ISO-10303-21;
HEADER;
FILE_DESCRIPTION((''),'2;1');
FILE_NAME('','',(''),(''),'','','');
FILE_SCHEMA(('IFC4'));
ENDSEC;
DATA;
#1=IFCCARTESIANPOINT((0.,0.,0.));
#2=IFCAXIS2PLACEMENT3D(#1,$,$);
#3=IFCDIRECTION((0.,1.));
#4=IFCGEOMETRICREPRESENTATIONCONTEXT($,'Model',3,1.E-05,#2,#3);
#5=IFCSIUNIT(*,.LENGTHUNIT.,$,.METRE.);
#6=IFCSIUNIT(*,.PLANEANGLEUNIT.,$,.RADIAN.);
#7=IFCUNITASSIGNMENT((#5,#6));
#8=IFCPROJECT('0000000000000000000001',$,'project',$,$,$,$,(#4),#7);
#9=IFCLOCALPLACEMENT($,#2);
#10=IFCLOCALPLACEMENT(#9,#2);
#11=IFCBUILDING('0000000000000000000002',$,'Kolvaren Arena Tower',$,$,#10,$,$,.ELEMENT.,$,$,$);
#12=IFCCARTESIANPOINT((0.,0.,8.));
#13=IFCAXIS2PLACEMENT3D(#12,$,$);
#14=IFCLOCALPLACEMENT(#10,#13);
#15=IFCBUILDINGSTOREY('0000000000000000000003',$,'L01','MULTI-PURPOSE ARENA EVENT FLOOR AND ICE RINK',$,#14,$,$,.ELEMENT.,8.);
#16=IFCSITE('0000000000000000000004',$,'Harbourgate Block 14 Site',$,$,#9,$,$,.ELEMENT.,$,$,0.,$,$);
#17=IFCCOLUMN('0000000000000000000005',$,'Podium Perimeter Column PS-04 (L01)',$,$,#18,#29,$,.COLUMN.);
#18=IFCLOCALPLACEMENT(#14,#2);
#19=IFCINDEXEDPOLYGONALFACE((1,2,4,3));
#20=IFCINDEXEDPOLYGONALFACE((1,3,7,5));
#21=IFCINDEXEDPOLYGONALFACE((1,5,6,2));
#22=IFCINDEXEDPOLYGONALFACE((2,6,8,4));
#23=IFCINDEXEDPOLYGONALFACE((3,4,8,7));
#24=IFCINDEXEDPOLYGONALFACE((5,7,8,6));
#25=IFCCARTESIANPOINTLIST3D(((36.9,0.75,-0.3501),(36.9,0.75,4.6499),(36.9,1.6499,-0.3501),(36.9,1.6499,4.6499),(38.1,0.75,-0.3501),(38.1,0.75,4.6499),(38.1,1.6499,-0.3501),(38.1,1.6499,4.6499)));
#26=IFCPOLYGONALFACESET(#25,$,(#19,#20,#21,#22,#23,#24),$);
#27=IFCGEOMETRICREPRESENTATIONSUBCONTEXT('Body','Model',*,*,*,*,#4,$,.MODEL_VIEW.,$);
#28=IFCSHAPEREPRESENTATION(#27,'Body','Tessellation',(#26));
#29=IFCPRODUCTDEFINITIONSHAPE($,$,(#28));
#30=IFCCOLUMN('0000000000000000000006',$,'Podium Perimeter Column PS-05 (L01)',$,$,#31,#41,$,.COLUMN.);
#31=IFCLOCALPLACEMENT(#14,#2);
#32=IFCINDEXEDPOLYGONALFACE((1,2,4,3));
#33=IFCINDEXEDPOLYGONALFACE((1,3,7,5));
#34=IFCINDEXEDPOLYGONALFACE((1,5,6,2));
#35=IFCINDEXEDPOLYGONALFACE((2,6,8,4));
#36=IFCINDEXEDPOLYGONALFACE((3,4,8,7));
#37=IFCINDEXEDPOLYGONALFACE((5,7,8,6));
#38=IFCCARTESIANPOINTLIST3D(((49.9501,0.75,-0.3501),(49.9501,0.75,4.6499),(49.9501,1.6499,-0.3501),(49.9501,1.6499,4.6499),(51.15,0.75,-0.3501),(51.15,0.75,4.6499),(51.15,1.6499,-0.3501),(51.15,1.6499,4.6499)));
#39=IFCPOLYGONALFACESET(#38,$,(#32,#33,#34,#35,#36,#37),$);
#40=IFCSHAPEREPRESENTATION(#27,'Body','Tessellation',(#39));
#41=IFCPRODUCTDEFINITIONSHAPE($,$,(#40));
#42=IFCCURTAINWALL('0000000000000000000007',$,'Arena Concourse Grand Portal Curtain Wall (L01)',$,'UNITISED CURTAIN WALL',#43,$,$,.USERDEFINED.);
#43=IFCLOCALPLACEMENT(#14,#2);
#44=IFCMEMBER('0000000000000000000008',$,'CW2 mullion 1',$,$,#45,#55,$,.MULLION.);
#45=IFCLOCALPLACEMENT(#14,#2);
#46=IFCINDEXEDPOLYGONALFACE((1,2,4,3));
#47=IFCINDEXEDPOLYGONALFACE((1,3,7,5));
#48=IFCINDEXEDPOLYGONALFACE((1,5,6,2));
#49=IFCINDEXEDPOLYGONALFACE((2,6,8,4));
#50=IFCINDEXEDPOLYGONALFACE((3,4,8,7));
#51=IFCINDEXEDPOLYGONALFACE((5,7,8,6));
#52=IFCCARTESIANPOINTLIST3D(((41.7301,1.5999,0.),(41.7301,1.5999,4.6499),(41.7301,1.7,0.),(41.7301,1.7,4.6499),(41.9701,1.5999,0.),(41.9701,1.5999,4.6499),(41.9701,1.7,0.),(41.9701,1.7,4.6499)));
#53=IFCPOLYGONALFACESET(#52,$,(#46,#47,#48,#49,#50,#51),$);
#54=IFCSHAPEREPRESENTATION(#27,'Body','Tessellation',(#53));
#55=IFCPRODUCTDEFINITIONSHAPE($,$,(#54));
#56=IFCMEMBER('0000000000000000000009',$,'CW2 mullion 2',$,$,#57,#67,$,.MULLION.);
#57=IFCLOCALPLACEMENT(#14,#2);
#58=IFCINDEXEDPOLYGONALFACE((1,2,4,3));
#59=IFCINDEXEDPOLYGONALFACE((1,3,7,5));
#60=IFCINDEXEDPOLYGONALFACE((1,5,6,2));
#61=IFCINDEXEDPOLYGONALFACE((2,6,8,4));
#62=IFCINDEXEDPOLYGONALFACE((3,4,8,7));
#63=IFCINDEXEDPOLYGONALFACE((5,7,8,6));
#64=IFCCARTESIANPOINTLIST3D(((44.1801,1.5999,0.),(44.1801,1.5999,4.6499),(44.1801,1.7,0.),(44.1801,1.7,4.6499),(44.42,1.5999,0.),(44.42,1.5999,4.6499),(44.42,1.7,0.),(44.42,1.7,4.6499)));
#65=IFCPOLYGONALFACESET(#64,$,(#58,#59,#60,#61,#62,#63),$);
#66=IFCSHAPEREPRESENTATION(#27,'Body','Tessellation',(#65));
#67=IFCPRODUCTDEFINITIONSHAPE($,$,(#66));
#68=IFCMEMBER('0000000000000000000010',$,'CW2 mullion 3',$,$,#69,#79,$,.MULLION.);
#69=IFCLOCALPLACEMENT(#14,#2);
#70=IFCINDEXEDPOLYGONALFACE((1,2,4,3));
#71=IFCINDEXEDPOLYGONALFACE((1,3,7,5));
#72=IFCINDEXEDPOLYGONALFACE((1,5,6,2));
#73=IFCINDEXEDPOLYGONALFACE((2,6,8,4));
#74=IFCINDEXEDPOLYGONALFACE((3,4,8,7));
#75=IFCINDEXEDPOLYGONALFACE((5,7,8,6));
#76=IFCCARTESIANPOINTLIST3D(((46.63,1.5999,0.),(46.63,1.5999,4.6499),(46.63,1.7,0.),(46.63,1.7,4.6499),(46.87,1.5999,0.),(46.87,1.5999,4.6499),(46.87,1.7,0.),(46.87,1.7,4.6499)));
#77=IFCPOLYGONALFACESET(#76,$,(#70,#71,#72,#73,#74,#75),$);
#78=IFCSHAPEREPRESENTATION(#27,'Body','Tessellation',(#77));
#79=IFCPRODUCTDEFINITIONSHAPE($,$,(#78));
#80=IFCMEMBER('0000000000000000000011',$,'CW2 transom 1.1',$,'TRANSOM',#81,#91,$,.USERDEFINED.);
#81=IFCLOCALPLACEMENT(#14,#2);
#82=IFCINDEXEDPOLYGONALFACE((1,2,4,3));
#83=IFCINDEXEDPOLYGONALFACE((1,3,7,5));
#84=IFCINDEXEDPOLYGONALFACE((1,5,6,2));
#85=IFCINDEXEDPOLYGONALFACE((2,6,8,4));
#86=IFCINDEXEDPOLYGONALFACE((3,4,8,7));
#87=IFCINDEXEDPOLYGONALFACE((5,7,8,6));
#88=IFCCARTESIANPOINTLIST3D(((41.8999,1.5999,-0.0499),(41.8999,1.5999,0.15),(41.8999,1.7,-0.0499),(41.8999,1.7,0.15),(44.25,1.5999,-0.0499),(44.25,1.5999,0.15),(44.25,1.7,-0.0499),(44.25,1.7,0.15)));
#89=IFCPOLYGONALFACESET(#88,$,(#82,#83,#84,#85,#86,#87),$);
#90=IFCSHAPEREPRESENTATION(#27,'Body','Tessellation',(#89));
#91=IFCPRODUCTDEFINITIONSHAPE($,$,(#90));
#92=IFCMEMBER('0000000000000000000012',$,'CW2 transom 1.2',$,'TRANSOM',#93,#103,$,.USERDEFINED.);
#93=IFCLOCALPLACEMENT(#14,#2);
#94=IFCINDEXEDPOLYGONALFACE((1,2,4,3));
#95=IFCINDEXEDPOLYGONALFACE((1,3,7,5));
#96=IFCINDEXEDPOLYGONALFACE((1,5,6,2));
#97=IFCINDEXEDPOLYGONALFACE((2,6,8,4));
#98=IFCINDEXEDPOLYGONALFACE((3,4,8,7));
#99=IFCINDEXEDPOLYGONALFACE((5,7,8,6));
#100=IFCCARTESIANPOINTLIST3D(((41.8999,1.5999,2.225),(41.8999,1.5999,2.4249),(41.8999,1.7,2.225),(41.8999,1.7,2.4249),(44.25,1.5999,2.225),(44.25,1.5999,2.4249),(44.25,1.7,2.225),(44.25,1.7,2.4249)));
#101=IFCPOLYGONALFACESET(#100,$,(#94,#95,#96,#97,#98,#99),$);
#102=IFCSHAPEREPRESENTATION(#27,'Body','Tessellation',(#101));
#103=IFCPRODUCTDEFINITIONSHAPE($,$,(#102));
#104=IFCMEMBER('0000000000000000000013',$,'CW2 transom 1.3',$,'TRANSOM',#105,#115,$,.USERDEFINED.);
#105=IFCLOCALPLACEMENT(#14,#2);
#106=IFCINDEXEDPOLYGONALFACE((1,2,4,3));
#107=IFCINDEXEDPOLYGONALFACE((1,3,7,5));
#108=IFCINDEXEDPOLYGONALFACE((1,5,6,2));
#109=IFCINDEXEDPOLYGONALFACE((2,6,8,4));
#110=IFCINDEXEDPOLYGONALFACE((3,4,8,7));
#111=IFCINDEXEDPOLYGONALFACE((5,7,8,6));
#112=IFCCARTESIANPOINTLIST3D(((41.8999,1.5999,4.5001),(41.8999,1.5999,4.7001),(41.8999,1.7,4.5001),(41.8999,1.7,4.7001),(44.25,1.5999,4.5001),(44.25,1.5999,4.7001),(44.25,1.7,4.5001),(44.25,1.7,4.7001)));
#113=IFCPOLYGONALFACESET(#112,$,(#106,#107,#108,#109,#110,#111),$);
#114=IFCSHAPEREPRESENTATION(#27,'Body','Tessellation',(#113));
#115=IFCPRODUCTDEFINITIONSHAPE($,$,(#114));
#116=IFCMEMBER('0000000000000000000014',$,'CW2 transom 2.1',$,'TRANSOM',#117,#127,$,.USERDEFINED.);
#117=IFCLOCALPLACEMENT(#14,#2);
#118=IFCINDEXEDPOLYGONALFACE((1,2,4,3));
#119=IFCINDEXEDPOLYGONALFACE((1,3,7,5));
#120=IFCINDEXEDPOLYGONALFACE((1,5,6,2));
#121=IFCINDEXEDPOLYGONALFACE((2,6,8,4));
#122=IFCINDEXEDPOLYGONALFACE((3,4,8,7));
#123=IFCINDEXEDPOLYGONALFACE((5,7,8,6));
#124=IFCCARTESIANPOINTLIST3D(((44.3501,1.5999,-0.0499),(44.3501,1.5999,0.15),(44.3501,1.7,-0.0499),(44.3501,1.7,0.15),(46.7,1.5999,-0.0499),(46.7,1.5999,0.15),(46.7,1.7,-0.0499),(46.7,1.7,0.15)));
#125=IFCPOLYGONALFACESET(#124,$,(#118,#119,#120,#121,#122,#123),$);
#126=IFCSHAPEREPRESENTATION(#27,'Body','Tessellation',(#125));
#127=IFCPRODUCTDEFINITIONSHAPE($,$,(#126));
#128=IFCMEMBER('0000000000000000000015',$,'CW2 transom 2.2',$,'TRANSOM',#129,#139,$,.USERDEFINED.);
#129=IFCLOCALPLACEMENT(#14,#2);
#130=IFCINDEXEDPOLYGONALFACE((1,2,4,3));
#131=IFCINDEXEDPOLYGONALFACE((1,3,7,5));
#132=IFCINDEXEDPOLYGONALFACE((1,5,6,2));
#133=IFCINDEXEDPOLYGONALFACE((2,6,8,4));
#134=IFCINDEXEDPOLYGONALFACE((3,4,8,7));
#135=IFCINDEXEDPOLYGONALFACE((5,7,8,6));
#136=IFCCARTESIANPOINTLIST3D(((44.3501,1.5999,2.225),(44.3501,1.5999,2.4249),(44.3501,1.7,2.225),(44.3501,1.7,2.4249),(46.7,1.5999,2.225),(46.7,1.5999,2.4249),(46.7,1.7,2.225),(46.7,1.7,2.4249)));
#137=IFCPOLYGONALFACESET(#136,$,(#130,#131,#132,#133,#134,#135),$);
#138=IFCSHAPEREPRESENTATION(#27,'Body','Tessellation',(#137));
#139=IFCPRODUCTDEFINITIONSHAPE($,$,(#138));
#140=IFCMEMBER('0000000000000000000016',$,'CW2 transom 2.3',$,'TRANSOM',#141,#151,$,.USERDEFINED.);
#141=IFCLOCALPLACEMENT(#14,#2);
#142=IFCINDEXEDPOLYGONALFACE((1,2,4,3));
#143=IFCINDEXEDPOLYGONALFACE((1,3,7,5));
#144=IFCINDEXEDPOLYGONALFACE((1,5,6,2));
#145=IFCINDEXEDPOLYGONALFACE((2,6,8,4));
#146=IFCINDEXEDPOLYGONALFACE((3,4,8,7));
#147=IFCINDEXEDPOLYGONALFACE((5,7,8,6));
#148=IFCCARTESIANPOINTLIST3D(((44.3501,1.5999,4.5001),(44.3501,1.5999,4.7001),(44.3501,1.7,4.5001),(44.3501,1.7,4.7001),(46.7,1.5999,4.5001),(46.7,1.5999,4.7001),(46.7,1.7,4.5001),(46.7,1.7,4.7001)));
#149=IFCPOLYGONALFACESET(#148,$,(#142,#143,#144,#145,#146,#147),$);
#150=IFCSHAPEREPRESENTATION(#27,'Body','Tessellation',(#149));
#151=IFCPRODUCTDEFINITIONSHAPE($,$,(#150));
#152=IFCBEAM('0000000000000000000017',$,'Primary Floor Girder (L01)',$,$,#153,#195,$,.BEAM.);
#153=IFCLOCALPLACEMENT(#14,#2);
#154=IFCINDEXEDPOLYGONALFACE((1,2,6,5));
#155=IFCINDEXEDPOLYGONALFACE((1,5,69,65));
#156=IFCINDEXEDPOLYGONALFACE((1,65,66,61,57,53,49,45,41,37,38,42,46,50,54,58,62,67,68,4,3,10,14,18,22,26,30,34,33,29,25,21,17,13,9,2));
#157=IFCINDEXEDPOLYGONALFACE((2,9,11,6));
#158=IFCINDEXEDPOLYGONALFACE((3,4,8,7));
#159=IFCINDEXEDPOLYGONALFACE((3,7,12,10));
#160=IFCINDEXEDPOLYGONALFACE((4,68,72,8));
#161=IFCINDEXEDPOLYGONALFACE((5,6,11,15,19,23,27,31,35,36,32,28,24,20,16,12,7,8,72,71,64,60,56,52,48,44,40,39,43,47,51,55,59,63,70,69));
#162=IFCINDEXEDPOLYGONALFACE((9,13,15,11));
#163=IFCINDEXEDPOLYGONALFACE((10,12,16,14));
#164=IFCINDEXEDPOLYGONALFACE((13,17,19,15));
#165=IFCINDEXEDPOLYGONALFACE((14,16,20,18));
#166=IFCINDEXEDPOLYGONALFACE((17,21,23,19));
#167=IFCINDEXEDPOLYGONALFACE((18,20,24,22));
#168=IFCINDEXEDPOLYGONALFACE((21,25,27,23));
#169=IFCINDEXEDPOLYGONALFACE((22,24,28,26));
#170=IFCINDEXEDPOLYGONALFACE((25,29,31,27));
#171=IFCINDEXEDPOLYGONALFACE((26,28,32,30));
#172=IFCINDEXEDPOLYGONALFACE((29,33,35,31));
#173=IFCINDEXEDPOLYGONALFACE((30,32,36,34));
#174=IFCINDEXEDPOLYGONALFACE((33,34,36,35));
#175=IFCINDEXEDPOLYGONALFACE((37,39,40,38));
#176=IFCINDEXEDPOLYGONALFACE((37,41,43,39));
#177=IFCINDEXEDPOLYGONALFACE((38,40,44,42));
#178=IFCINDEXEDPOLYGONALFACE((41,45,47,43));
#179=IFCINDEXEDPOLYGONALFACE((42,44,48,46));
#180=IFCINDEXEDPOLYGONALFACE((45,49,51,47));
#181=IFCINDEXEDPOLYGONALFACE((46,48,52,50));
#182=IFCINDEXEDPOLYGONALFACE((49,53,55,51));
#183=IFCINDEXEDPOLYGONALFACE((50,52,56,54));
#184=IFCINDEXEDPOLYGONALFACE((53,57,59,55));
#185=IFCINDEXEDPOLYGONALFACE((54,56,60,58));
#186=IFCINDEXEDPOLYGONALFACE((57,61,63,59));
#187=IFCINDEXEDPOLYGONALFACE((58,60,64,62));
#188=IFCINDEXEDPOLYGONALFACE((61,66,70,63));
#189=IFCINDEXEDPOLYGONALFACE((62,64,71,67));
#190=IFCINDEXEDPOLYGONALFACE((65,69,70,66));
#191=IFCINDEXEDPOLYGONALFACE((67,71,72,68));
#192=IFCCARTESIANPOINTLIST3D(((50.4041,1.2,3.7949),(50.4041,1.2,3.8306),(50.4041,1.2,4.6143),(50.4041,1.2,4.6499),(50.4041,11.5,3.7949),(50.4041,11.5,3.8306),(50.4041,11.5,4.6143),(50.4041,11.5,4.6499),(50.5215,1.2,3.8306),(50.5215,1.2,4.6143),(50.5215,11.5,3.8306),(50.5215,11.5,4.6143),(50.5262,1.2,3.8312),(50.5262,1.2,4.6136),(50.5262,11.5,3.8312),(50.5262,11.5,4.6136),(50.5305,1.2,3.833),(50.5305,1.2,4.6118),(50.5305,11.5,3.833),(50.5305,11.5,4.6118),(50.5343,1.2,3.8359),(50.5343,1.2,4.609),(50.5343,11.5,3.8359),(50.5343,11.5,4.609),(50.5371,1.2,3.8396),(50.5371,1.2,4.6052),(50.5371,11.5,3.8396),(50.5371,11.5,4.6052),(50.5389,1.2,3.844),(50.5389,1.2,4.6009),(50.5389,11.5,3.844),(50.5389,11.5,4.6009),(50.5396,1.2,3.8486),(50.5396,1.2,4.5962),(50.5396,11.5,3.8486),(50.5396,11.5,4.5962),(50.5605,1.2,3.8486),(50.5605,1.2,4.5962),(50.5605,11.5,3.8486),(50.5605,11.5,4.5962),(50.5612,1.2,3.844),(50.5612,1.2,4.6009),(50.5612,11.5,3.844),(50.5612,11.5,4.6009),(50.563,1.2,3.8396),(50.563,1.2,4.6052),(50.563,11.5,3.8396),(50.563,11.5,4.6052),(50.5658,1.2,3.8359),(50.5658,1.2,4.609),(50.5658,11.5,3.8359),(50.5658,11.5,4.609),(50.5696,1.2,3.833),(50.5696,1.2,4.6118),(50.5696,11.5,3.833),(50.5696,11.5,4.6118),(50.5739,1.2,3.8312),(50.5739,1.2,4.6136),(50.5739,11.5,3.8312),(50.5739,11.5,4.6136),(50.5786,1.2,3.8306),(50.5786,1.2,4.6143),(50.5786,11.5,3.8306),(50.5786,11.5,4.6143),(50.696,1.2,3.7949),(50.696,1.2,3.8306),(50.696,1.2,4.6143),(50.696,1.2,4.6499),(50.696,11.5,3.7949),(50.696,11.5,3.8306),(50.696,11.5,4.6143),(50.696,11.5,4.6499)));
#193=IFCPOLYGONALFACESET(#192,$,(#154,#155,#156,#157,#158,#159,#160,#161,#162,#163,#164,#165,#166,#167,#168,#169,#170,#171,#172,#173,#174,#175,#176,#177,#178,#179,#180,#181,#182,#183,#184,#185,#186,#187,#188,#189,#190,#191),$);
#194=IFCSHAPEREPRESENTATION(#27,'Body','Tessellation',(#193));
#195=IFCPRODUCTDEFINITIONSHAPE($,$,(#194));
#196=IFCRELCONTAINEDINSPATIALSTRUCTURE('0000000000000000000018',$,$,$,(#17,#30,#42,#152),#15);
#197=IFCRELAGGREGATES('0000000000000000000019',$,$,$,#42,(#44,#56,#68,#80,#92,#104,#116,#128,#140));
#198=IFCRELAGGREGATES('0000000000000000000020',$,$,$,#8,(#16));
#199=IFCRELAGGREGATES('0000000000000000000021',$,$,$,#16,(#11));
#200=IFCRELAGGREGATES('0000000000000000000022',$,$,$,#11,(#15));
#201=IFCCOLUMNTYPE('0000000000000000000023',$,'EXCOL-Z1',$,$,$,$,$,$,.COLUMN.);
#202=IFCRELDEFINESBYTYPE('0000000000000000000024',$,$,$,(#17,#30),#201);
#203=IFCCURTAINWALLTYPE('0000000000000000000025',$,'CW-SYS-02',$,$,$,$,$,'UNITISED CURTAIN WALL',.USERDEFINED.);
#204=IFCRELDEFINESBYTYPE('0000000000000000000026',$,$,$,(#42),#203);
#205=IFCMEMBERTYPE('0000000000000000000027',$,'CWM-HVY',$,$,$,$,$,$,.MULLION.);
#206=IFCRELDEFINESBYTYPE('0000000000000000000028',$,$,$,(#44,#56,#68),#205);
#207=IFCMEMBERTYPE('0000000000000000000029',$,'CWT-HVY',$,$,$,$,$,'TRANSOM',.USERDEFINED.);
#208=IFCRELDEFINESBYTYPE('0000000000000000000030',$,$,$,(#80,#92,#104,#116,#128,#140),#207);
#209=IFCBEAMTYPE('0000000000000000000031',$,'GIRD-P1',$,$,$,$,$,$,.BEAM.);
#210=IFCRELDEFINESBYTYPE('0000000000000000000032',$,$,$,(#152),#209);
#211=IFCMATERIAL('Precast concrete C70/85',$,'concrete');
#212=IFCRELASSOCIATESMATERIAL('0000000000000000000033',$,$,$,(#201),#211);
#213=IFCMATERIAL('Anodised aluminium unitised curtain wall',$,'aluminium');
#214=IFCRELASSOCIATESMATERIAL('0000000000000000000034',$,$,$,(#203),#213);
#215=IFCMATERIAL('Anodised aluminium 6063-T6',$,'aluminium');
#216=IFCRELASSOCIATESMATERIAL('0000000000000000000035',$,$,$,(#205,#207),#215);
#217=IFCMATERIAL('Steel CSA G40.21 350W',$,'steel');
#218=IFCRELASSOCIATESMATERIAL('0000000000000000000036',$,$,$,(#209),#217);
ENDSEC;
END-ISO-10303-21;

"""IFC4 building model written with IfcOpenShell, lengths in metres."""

from ifc_helpers import new_model, si_unit, direction, frame, origin, origin_2d, place, context, subcontext, project, spatial, rectangle, i_section, extrude, material, material_profile, profile_set, type_object, element, aggregate, save


model = new_model("IFC4")

# Units and contexts
model_context = context("Model", 3, precision=1e-05, world=origin(), true_north=direction((0.0, 1.0)))
body_context = subcontext(model_context, "Body", "Model", "MODEL_VIEW")
ifc_project = project(units=[si_unit("LENGTHUNIT", "METRE"), si_unit("PLANEANGLEUNIT", "RADIAN")], contexts=[model_context])

# Site, building, storey
site_placement = place(None, origin())
site = spatial("IfcSite", under=ifc_project, at=site_placement, Name="Harbourgate Block 14 Site", CompositionType="ELEMENT", RefElevation=0.0)
building_placement = place(site_placement, origin())
building = spatial("IfcBuilding", under=site, at=building_placement, Name="Kolvaren Arena Tower", CompositionType="ELEMENT")
storey_placement = place(building_placement, frame((0.0, 0.0, 8.0)))
storey = spatial("IfcBuildingStorey", under=building, at=storey_placement, Name="L01", Description="MULTI-PURPOSE ARENA EVENT FLOOR AND ICE RINK", CompositionType="ELEMENT", Elevation=8.0)

# Columns
ifc_material_1 = material(Name="Precast concrete C70/85", Category="concrete")
ifc_material_profile_1 = material_profile(ifc_material_1, rectangle(XDim=1.2, YDim=0.8999, at=origin_2d()), Name="RC-1200x900")
ifc_profile_set_1 = profile_set([ifc_material_profile_1], Name="Precast concrete C70/85")
column_type = type_object("IfcColumnType", Name="EXCOL-Z1", PredefinedType="COLUMN", material=ifc_profile_set_1)
for number, where, z_axis, x_axis, name in (
    (1, (37.5, 1.2, -0.3501), (0.0, 0.0, 1.0), (1.0, 0.0, 0.0), "Podium Perimeter Column PS-04 (L01)"),
    (2, (50.55, 1.2, -0.3501), (0.0, 0.0, 1.0), (1.0, 0.0, 0.0), "Podium Perimeter Column PS-05 (L01)"),
):
    element("IfcColumn", number, at=place(storey_placement, frame(where, z_axis=z_axis, x_axis=x_axis)), inside=storey, type_object=column_type, Name=name, PredefinedType="COLUMN", context=body_context, shape_type="SweptSolid", body=[
        extrude(rectangle(XDim=1.2, YDim=0.8999, at=origin_2d()), origin(), (0.0, 0.0, 1.0), 5.0),
    ])

# Curtain wall, members
ifc_material_2 = material(Name="Anodised aluminium unitised curtain wall", Category="aluminium")
curtain_wall_type = type_object("IfcCurtainWallType", Name="CW-SYS-02", ElementType="UNITISED CURTAIN WALL", PredefinedType="USERDEFINED", material=ifc_material_2)
curtain_wall_placement = place(storey_placement, origin())
curtain_wall = element("IfcCurtainWall", 3, at=curtain_wall_placement, inside=storey, type_object=curtain_wall_type, Name="Arena Concourse Grand Portal Curtain Wall (L01)", ObjectType="UNITISED CURTAIN WALL", PredefinedType="USERDEFINED")
ifc_material_3 = material(Name="Anodised aluminium 6063-T6", Category="aluminium")
ifc_material_profile_2 = material_profile(ifc_material_3, rectangle(XDim=0.1001, YDim=0.24, at=origin_2d()), Name="ALU-100x240")
ifc_profile_set_2 = profile_set([ifc_material_profile_2], Name="Anodised aluminium 6063-T6")
member_type_1 = type_object("IfcMemberType", Name="CWM-HVY", PredefinedType="MULLION", material=ifc_profile_set_2)
member_1_placement = place(storey_placement, frame((41.8501, 1.6499, 0.0), z_axis=(0.0, 0.0, 1.0), x_axis=(0.0, 1.0, 0.0)))
member_1 = element("IfcMember", 4, at=member_1_placement, type_object=member_type_1, Name="CW2 mullion 1", PredefinedType="MULLION", context=body_context, shape_type="SweptSolid", body=[
    extrude(rectangle(XDim=0.1001, YDim=0.24, at=origin_2d()), origin(), (0.0, 0.0, 1.0), 4.6499),
])
member_2_placement = place(storey_placement, frame((44.3, 1.6499, 0.0), z_axis=(0.0, 0.0, 1.0), x_axis=(0.0, 1.0, 0.0)))
member_2 = element("IfcMember", 5, at=member_2_placement, type_object=member_type_1, Name="CW2 mullion 2", PredefinedType="MULLION", context=body_context, shape_type="SweptSolid", body=[
    extrude(rectangle(XDim=0.1001, YDim=0.24, at=origin_2d()), origin(), (0.0, 0.0, 1.0), 4.6499),
])
member_3_placement = place(storey_placement, frame((46.75, 1.6499, 0.0), z_axis=(0.0, 0.0, 1.0), x_axis=(0.0, 1.0, 0.0)))
member_3 = element("IfcMember", 6, at=member_3_placement, type_object=member_type_1, Name="CW2 mullion 3", PredefinedType="MULLION", context=body_context, shape_type="SweptSolid", body=[
    extrude(rectangle(XDim=0.1001, YDim=0.24, at=origin_2d()), origin(), (0.0, 0.0, 1.0), 4.6499),
])
ifc_material_profile_3 = material_profile(ifc_material_3, rectangle(XDim=0.1001, YDim=0.2, at=origin_2d()), Name="ALU-100x200")
ifc_profile_set_3 = profile_set([ifc_material_profile_3], Name="Anodised aluminium 6063-T6")
member_type_2 = type_object("IfcMemberType", Name="CWT-HVY", ElementType="TRANSOM", PredefinedType="USERDEFINED", material=ifc_profile_set_3)
member_4_placement = place(storey_placement, frame((41.8999, 1.6499, 0.05), z_axis=(1.0, 0.0, 0.0), x_axis=(0.0, 1.0, 0.0)))
member_4 = element("IfcMember", 7, at=member_4_placement, type_object=member_type_2, Name="CW2 transom 1.1", ObjectType="TRANSOM", PredefinedType="USERDEFINED", context=body_context, shape_type="SweptSolid", body=[
    extrude(rectangle(XDim=0.1001, YDim=0.2, at=origin_2d()), origin(), (0.0, 0.0, 1.0), 2.3501),
])
member_5_placement = place(storey_placement, frame((41.8999, 1.6499, 2.325), z_axis=(1.0, 0.0, 0.0), x_axis=(0.0, 1.0, 0.0)))
member_5 = element("IfcMember", 8, at=member_5_placement, type_object=member_type_2, Name="CW2 transom 1.2", ObjectType="TRANSOM", PredefinedType="USERDEFINED", context=body_context, shape_type="SweptSolid", body=[
    extrude(rectangle(XDim=0.1001, YDim=0.2, at=origin_2d()), origin(), (0.0, 0.0, 1.0), 2.3501),
])
member_6_placement = place(storey_placement, frame((41.8999, 1.6499, 4.6001), z_axis=(1.0, 0.0, 0.0), x_axis=(0.0, 1.0, 0.0)))
member_6 = element("IfcMember", 9, at=member_6_placement, type_object=member_type_2, Name="CW2 transom 1.3", ObjectType="TRANSOM", PredefinedType="USERDEFINED", context=body_context, shape_type="SweptSolid", body=[
    extrude(rectangle(XDim=0.1001, YDim=0.2, at=origin_2d()), origin(), (0.0, 0.0, 1.0), 2.3501),
])
member_7_placement = place(storey_placement, frame((44.3501, 1.6499, 0.05), z_axis=(1.0, 0.0, 0.0), x_axis=(0.0, 1.0, 0.0)))
member_7 = element("IfcMember", 10, at=member_7_placement, type_object=member_type_2, Name="CW2 transom 2.1", ObjectType="TRANSOM", PredefinedType="USERDEFINED", context=body_context, shape_type="SweptSolid", body=[
    extrude(rectangle(XDim=0.1001, YDim=0.2, at=origin_2d()), origin(), (0.0, 0.0, 1.0), 2.3499),
])
member_8_placement = place(storey_placement, frame((44.3501, 1.6499, 2.325), z_axis=(1.0, 0.0, 0.0), x_axis=(0.0, 1.0, 0.0)))
member_8 = element("IfcMember", 11, at=member_8_placement, type_object=member_type_2, Name="CW2 transom 2.2", ObjectType="TRANSOM", PredefinedType="USERDEFINED", context=body_context, shape_type="SweptSolid", body=[
    extrude(rectangle(XDim=0.1001, YDim=0.2, at=origin_2d()), origin(), (0.0, 0.0, 1.0), 2.3499),
])
member_9_placement = place(storey_placement, frame((44.3501, 1.6499, 4.6001), z_axis=(1.0, 0.0, 0.0), x_axis=(0.0, 1.0, 0.0)))
member_9 = element("IfcMember", 12, at=member_9_placement, type_object=member_type_2, Name="CW2 transom 2.3", ObjectType="TRANSOM", PredefinedType="USERDEFINED", context=body_context, shape_type="SweptSolid", body=[
    extrude(rectangle(XDim=0.1001, YDim=0.2, at=origin_2d()), origin(), (0.0, 0.0, 1.0), 2.3499),
])

# Beam
ifc_material_4 = material(Name="Steel CSA G40.21 350W", Category="steel")
ifc_material_profile_4 = material_profile(ifc_material_4, i_section(OverallWidth=0.292, OverallDepth=0.855, WebThickness=0.021, FlangeThickness=0.0356, FilletRadius=0.0181, at=origin_2d()), Name="W840x299")
ifc_profile_set_4 = profile_set([ifc_material_profile_4], Name="Steel CSA G40.21 350W")
beam_type_1 = type_object("IfcBeamType", Name="GIRD-P1", PredefinedType="BEAM", material=ifc_profile_set_4)
beam_1_placement = place(storey_placement, frame((50.55, 1.2, 4.2224), z_axis=(0.0, 1.0, 0.0), x_axis=(-1.0, 0.0, 0.0)))
element("IfcBeam", 13, at=beam_1_placement, inside=storey, type_object=beam_type_1, Name="Primary Floor Girder (L01)", PredefinedType="BEAM", context=body_context, shape_type="SweptSolid", body=[
    extrude(i_section(OverallWidth=0.292, OverallDepth=0.855, WebThickness=0.021, FlangeThickness=0.0356, FilletRadius=0.0181, at=origin_2d()), origin(), (0.0, 0.0, 1.0), 10.3),
])

aggregate(curtain_wall, [member_1, member_2, member_3, member_4, member_5, member_6, member_7, member_8, member_9])

save(model, "model.ifc")
